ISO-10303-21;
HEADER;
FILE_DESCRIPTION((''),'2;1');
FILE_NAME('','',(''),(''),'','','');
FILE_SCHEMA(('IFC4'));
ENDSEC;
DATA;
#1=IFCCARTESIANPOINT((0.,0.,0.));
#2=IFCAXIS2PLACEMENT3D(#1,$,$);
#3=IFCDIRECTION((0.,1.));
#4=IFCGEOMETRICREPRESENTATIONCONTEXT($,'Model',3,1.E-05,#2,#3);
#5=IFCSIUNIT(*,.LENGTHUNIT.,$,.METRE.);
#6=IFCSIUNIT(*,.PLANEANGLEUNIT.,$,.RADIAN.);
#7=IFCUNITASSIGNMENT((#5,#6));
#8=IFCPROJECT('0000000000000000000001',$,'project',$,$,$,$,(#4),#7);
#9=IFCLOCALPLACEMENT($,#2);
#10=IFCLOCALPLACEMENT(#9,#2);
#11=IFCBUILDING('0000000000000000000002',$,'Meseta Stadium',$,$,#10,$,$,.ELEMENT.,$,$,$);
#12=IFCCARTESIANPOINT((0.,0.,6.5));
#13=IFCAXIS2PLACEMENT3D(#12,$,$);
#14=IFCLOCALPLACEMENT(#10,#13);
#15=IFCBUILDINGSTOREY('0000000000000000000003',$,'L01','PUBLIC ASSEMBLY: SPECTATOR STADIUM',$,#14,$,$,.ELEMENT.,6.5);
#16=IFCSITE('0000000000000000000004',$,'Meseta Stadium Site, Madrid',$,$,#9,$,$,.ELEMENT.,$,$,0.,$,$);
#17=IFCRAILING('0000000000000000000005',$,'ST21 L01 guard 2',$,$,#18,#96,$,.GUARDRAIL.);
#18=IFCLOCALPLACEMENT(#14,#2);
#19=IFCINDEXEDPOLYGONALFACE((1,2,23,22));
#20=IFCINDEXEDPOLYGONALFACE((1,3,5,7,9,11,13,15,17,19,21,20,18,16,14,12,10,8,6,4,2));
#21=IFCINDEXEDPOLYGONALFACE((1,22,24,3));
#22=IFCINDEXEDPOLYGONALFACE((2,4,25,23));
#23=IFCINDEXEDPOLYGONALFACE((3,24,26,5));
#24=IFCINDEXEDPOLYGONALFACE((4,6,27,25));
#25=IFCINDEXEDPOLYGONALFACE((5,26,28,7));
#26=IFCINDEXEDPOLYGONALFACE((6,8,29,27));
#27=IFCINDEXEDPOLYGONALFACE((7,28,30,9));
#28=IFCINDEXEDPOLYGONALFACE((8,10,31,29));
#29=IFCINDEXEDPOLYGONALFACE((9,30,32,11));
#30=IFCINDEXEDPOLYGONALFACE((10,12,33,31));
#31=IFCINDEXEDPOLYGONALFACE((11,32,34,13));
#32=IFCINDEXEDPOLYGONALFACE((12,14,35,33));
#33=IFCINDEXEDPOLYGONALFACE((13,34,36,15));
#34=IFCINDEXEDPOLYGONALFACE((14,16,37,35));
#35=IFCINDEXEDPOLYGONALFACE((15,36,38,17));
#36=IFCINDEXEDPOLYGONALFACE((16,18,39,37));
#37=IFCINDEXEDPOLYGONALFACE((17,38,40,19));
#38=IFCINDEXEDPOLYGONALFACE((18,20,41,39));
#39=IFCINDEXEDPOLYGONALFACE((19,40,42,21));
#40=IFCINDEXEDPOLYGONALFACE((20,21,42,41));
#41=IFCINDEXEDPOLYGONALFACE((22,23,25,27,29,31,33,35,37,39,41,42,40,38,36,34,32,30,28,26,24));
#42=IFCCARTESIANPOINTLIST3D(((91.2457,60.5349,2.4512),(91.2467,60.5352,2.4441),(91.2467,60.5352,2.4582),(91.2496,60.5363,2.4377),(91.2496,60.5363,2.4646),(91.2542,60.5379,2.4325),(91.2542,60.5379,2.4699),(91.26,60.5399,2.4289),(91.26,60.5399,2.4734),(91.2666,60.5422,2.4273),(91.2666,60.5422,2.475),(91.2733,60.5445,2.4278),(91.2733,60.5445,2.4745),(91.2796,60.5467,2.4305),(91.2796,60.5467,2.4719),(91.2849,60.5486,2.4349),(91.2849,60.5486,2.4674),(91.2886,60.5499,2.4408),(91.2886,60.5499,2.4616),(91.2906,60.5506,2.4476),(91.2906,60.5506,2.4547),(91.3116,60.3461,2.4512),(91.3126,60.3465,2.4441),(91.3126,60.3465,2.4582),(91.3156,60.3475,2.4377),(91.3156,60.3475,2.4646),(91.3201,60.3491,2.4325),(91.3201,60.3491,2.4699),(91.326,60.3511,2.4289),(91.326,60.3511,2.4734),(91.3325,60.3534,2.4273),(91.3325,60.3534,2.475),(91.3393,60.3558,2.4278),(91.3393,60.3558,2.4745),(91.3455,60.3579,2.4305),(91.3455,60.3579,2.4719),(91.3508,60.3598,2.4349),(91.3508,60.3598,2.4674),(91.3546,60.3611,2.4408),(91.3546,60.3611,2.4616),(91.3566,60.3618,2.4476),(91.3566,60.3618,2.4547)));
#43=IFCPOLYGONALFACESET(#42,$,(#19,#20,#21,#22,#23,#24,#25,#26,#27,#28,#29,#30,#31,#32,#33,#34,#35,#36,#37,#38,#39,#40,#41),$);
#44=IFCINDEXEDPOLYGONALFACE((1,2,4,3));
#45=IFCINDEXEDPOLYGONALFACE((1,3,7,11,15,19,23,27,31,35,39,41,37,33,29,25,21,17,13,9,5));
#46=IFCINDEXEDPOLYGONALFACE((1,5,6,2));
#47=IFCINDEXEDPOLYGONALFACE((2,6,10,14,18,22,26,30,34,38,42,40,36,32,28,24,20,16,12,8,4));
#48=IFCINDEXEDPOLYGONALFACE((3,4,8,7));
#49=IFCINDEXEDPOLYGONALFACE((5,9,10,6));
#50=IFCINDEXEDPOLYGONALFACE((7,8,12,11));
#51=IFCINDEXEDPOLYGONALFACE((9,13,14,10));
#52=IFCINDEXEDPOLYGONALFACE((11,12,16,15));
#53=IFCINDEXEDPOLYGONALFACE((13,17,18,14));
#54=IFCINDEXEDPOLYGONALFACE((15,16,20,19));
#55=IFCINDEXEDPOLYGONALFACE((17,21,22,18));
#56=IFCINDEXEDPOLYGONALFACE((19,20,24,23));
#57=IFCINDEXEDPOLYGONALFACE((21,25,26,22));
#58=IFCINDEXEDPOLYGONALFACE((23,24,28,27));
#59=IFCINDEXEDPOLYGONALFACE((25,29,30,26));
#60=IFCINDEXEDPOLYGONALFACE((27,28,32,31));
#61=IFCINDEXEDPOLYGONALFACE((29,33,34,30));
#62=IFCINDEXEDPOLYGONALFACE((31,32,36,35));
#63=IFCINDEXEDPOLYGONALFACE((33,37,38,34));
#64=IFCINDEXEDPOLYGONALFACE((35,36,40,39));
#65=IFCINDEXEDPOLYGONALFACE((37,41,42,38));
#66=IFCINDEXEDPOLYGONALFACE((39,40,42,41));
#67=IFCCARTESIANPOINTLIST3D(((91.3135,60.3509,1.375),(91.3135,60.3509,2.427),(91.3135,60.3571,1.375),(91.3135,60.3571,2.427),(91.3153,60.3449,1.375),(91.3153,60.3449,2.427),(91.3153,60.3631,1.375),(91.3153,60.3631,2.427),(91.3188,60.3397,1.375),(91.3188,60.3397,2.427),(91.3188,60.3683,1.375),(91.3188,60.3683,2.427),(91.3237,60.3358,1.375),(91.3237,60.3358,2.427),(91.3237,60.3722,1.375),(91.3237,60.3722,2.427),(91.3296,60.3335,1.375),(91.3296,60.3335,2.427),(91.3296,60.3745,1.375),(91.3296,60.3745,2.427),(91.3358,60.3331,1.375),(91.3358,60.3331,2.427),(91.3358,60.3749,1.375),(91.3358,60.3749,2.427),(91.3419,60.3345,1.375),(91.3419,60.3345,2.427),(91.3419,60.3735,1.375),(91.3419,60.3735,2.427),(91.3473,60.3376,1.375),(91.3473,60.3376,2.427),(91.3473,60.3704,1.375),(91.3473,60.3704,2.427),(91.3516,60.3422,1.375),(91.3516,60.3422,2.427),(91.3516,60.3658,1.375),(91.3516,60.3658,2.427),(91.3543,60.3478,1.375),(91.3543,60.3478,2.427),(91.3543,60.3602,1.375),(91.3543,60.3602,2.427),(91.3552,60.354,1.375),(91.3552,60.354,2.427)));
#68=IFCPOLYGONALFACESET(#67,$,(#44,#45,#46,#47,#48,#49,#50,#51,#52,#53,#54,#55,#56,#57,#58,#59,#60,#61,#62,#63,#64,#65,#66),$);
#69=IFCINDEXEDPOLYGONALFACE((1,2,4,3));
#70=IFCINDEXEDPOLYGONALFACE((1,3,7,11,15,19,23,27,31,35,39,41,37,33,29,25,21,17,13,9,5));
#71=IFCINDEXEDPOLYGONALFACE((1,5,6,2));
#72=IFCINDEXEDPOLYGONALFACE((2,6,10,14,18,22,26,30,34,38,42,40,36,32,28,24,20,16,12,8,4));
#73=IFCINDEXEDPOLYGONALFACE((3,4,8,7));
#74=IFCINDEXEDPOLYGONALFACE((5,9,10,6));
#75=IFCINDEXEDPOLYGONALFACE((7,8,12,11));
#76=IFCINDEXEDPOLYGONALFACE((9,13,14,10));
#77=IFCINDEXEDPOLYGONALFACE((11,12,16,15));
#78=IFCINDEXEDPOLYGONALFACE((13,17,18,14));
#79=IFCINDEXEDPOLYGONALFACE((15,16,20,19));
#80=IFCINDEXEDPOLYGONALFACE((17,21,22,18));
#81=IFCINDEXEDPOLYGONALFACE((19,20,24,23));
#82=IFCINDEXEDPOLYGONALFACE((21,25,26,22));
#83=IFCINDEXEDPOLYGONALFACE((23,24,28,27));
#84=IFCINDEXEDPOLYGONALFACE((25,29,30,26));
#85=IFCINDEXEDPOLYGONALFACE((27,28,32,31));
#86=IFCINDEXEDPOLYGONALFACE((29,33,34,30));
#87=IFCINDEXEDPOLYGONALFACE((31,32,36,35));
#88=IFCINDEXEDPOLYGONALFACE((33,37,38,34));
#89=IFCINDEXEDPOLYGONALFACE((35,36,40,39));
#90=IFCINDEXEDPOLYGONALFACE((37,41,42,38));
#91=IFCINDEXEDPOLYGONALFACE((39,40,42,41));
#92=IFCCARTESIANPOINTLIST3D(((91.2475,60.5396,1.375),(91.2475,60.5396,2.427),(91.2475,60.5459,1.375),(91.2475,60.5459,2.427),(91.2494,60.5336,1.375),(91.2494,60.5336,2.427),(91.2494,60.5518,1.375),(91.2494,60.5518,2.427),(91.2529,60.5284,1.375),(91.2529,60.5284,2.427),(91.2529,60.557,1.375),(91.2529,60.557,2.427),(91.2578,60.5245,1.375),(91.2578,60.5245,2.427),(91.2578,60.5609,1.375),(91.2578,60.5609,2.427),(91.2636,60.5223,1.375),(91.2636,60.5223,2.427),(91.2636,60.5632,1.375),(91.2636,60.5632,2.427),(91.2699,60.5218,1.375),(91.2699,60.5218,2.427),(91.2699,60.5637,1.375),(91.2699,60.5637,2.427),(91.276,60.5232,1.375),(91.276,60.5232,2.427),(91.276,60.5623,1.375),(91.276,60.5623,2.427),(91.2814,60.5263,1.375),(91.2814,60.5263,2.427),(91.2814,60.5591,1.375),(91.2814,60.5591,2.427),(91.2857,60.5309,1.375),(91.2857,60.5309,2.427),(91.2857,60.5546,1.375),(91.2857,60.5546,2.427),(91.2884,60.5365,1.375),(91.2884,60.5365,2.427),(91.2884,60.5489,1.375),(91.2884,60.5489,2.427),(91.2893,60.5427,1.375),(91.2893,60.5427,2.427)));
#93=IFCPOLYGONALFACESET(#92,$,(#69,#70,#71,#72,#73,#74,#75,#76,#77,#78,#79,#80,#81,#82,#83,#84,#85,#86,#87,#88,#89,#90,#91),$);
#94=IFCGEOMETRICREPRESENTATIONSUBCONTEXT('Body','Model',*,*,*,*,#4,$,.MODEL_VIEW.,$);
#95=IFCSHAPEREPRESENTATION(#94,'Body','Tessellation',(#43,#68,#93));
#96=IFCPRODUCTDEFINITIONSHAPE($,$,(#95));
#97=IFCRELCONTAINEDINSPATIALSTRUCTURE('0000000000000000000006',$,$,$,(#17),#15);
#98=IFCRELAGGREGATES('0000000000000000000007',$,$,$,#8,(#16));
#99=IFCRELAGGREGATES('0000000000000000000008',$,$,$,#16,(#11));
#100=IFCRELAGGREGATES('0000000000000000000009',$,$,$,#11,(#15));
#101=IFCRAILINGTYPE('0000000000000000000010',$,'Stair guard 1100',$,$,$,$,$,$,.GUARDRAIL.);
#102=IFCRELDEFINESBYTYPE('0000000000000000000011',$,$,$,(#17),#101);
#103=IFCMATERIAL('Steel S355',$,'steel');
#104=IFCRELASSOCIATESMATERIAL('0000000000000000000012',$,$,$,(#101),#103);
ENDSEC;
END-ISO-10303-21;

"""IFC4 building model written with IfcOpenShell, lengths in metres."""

from ifc_helpers import new_model, si_unit, direction, frame, origin, origin_2d, place, context, subcontext, project, spatial, circle, extrude, material, type_object, element, save


model = new_model("IFC4")

# Units and contexts
model_context = context("Model", 3, precision=1e-05, world=origin(), true_north=direction((0.0, 1.0)))
body_context = subcontext(model_context, "Body", "Model", "MODEL_VIEW")
ifc_project = project(units=[si_unit("LENGTHUNIT", "METRE"), si_unit("PLANEANGLEUNIT", "RADIAN")], contexts=[model_context])

# Site, building, storey
site_placement = place(None, origin())
site = spatial("IfcSite", under=ifc_project, at=site_placement, Name="Meseta Stadium Site, Madrid", CompositionType="ELEMENT", RefElevation=0.0)
building_placement = place(site_placement, origin())
building = spatial("IfcBuilding", under=site, at=building_placement, Name="Meseta Stadium", CompositionType="ELEMENT")
storey_placement = place(building_placement, frame((0.0, 0.0, 6.5)))
storey = spatial("IfcBuildingStorey", under=building, at=storey_placement, Name="L01", Description="PUBLIC ASSEMBLY: SPECTATOR STADIUM", CompositionType="ELEMENT", Elevation=6.5)

# Railing
ifc_material_1 = material(Name="Steel S355", Category="steel")
railing_type_1 = type_object("IfcRailingType", Name="Stair guard 1100", PredefinedType="GUARDRAIL", material=ifc_material_1)
railing_1_placement = place(storey_placement, frame((91.3342, 60.354, 1.375)))
element("IfcRailing", 1, at=railing_1_placement, inside=storey, type_object=railing_type_1, Name="ST21 L01 guard 2", PredefinedType="GUARDRAIL", context=body_context, shape_type="SweptSolid", body=[
    extrude(circle(Radius=0.0239, at=origin_2d()), frame((0.0, 0.0, 1.0762), z_axis=(-0.329752, 0.944068, 0.0), x_axis=(-0.944068, -0.329752, 0.0)), (0.0, 0.0, 1.0), 0.2),
    extrude(circle(Radius=0.021, at=origin_2d()), origin(), (0.0, 0.0, 1.0), 1.052),
    extrude(circle(Radius=0.021, at=origin_2d()), frame((-0.0659, 0.1887, 0.0)), (0.0, 0.0, 1.0), 1.052),
])

save(model, "model.ifc")
